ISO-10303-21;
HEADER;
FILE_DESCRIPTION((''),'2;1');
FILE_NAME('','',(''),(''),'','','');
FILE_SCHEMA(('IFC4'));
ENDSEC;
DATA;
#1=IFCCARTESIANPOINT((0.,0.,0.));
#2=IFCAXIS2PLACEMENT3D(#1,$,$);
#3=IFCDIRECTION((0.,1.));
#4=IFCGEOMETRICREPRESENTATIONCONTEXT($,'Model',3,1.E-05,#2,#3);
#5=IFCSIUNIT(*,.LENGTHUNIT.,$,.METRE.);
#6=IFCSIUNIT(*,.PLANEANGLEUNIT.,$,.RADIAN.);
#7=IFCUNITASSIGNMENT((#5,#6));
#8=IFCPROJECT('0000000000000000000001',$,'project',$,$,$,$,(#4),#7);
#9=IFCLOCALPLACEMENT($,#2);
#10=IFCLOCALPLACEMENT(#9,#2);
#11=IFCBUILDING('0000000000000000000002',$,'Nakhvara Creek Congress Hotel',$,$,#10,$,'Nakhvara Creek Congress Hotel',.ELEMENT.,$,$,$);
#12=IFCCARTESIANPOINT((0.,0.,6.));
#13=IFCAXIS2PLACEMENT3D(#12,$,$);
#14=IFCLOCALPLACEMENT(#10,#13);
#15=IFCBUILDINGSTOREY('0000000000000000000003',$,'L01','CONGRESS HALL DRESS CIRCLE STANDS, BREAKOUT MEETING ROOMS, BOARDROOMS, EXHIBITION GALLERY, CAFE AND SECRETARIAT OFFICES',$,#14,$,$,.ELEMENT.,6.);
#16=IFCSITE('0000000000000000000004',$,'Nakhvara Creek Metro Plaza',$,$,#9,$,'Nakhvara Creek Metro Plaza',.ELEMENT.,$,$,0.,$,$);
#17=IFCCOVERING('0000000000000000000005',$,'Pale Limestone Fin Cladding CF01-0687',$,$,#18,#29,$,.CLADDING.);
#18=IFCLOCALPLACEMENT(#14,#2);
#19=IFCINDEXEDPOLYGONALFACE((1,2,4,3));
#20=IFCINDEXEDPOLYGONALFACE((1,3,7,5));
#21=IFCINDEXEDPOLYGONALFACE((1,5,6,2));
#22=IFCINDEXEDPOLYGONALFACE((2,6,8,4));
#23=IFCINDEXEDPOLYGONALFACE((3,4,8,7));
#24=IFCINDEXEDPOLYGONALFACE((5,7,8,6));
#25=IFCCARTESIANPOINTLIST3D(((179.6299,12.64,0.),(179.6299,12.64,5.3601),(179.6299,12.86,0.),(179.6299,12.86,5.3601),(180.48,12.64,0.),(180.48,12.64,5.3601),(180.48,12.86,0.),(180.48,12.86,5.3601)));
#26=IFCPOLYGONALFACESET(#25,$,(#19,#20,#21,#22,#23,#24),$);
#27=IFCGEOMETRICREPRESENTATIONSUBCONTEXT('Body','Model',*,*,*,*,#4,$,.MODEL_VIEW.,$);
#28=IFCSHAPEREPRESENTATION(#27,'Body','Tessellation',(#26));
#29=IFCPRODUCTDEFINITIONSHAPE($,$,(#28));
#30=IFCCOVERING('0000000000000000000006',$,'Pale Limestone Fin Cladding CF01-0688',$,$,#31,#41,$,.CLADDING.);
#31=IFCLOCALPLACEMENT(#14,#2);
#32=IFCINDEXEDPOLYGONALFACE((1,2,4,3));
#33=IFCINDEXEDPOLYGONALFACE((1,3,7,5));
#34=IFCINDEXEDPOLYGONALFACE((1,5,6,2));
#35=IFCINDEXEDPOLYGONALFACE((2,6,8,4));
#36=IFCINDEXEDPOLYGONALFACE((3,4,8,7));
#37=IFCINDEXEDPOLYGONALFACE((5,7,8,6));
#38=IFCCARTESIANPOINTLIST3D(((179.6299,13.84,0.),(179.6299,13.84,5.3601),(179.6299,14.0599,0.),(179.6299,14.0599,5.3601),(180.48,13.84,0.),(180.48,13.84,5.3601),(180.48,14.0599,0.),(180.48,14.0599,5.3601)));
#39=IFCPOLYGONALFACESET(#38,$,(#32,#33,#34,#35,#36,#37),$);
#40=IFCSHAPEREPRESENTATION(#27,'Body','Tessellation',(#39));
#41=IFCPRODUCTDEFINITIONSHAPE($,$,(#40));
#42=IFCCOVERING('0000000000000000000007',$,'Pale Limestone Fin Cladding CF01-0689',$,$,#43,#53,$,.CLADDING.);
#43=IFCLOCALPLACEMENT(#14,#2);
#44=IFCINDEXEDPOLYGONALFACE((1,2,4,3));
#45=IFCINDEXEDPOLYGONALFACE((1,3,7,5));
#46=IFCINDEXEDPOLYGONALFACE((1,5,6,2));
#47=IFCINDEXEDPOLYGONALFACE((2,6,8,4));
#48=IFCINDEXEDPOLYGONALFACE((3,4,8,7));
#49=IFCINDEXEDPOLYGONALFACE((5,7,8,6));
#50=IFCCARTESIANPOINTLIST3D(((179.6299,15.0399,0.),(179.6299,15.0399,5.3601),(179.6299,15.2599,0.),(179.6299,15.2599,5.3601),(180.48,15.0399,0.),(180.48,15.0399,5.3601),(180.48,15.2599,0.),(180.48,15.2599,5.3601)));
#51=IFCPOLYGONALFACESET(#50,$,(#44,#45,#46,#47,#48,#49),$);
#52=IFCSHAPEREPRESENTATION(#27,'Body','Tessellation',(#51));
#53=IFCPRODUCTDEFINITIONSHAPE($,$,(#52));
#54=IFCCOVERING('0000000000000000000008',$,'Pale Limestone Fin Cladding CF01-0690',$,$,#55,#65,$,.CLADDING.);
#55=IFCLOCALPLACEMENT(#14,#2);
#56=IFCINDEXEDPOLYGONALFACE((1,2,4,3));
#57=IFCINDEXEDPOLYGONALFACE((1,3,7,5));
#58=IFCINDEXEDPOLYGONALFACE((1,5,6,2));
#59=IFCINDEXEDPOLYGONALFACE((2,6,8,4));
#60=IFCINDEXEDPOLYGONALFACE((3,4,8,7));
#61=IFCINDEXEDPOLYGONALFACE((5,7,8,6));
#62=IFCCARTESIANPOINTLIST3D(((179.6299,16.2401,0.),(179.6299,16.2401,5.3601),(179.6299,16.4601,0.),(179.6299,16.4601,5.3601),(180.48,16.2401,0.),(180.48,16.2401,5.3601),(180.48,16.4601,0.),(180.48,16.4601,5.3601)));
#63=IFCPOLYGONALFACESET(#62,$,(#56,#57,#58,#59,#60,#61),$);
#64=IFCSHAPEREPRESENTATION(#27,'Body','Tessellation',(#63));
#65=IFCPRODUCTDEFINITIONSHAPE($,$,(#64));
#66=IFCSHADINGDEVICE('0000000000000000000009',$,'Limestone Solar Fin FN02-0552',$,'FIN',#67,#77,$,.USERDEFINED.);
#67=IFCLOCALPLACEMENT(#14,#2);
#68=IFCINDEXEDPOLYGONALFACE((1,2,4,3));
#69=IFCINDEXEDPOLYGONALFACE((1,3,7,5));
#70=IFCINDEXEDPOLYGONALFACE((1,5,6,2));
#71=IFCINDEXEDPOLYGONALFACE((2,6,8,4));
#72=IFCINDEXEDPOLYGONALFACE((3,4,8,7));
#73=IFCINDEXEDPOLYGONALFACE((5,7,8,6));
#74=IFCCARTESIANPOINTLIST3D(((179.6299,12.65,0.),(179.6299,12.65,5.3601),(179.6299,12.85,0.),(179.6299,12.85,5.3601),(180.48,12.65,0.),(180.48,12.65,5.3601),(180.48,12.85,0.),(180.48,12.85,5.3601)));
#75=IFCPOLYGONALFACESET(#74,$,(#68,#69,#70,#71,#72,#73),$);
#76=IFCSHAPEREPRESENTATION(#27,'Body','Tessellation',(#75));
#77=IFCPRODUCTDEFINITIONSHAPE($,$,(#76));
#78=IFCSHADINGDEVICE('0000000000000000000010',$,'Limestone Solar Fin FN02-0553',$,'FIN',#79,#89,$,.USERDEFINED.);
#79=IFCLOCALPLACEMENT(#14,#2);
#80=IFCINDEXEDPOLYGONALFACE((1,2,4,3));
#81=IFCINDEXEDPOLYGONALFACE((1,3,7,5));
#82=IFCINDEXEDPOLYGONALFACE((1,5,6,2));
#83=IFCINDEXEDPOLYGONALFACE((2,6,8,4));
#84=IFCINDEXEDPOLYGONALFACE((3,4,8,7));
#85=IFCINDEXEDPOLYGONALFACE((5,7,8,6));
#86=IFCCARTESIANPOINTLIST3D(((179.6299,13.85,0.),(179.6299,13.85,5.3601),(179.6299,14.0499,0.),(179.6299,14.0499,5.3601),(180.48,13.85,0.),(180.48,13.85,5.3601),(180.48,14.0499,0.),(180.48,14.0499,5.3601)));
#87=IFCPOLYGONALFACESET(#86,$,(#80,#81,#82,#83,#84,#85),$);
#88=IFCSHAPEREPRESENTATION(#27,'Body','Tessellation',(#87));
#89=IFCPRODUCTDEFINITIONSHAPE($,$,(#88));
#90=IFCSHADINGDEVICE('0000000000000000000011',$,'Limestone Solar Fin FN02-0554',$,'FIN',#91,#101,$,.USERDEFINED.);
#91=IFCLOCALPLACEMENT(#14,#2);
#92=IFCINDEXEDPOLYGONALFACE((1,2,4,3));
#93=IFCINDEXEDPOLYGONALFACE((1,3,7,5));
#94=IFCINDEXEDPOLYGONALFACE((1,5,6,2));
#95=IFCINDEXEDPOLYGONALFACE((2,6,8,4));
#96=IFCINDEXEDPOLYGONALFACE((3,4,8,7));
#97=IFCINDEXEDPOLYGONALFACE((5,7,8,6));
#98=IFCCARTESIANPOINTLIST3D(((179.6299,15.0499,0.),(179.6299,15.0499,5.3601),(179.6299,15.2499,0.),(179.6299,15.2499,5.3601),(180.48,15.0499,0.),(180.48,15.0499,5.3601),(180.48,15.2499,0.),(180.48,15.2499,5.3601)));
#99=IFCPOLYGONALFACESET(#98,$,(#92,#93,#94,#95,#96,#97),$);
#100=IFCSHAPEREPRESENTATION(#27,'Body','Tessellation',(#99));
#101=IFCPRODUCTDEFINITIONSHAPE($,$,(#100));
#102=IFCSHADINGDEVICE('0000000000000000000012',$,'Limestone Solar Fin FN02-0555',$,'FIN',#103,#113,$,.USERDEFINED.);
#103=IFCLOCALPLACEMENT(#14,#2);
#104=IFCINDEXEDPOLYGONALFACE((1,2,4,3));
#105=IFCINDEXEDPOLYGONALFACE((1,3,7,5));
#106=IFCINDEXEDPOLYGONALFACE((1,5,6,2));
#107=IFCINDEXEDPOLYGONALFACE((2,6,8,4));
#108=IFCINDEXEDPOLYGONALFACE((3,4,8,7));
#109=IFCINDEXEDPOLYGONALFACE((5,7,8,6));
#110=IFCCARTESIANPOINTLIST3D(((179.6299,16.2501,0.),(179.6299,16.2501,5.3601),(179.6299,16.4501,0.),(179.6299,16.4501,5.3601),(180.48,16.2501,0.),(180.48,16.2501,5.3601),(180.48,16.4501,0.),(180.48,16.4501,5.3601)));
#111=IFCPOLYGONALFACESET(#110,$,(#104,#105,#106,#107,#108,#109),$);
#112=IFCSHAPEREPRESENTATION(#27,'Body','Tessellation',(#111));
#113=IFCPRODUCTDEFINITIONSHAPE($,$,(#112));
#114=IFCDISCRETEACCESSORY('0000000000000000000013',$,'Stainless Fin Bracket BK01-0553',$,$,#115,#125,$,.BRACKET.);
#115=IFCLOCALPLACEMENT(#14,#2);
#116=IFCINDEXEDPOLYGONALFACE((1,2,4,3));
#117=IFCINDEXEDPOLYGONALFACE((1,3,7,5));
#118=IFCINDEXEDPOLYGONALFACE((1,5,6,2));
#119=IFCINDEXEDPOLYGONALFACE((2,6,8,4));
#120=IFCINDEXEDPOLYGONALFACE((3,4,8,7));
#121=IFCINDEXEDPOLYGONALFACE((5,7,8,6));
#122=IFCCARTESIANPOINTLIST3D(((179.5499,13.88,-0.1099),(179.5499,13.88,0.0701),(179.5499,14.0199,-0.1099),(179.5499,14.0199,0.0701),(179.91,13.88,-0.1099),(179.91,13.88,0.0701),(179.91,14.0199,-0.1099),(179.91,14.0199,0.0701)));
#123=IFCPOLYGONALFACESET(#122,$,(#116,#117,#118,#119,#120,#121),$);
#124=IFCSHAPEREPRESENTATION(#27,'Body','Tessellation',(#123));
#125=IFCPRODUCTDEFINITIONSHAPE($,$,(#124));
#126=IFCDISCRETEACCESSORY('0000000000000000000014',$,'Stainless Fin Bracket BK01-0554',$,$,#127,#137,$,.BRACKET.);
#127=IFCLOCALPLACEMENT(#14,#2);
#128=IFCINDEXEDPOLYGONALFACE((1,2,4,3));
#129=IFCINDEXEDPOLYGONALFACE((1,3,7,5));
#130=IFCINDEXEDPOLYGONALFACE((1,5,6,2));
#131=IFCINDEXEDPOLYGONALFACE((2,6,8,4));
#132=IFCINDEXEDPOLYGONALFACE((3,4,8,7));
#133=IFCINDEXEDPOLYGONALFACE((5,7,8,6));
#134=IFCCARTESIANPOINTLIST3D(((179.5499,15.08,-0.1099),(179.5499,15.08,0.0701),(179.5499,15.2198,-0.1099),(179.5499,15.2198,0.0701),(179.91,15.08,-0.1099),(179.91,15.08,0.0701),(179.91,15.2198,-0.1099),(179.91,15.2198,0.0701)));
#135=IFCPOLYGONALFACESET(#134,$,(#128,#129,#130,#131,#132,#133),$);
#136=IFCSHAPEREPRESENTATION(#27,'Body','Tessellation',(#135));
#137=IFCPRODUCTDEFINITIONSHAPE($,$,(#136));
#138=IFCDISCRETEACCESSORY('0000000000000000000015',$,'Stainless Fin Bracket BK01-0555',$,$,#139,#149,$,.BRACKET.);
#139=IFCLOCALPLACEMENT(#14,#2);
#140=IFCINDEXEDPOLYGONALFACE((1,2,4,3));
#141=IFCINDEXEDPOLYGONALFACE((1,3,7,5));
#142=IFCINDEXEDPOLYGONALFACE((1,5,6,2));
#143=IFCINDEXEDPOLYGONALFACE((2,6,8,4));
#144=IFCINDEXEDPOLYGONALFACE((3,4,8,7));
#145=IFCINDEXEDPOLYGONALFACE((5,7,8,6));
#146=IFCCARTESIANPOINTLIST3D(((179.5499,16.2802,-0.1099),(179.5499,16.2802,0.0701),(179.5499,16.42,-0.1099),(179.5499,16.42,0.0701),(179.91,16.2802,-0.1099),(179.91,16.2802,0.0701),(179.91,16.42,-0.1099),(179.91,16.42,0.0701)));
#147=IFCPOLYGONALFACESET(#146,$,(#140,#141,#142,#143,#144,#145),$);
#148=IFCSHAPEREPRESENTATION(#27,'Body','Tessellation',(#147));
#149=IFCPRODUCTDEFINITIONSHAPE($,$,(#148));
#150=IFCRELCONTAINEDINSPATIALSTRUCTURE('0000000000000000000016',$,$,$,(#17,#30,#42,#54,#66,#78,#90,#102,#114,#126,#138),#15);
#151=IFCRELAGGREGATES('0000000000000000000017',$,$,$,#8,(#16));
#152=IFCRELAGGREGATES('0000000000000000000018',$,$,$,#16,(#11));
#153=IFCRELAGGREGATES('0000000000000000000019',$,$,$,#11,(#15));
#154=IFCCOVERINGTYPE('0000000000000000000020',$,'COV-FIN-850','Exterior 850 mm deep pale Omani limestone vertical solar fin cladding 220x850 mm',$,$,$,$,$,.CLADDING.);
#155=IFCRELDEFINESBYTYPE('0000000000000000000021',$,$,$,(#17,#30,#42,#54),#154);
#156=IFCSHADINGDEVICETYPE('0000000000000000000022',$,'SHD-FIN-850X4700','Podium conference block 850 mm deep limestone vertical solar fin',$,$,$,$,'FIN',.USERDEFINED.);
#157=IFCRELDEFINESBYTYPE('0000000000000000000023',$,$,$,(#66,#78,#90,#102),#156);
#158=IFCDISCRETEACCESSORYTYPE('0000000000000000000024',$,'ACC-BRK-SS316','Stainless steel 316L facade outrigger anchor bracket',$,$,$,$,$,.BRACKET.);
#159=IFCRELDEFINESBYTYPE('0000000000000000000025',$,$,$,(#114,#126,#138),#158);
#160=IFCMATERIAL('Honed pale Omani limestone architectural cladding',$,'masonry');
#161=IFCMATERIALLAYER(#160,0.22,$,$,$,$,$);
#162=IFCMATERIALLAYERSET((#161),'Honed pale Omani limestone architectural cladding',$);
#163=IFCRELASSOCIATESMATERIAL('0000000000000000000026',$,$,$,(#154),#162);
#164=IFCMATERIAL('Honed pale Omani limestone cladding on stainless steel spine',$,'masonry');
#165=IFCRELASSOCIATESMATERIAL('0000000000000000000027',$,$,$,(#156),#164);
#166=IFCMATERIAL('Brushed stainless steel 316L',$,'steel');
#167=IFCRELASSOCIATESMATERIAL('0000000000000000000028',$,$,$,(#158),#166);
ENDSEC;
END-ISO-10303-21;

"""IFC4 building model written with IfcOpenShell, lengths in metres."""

from ifc_helpers import new_model, si_unit, direction, frame, origin, origin_2d, place, context, subcontext, project, spatial, rectangle, extrude, material, layer, layer_set, type_object, element, save


model = new_model("IFC4")

# Units and contexts
model_context = context("Model", 3, precision=1e-05, world=origin(), true_north=direction((0.0, 1.0)))
body_context = subcontext(model_context, "Body", "Model", "MODEL_VIEW")
ifc_project = project(units=[si_unit("LENGTHUNIT", "METRE"), si_unit("PLANEANGLEUNIT", "RADIAN")], contexts=[model_context])

# Site, building, storey
site_placement = place(None, origin())
site = spatial("IfcSite", under=ifc_project, at=site_placement, Name="Nakhvara Creek Metro Plaza", LongName="Nakhvara Creek Metro Plaza", CompositionType="ELEMENT", RefElevation=0.0)
building_placement = place(site_placement, origin())
building = spatial("IfcBuilding", under=site, at=building_placement, Name="Nakhvara Creek Congress Hotel", LongName="Nakhvara Creek Congress Hotel", CompositionType="ELEMENT")
storey_placement = place(building_placement, frame((0.0, 0.0, 6.0)))
storey = spatial("IfcBuildingStorey", under=building, at=storey_placement, Name="L01", Description="CONGRESS HALL DRESS CIRCLE STANDS, BREAKOUT MEETING ROOMS, BOARDROOMS, EXHIBITION GALLERY, CAFE AND SECRETARIAT OFFICES", CompositionType="ELEMENT", Elevation=6.0)

# Coverings
ifc_material_1 = material(Name="Honed pale Omani limestone architectural cladding", Category="masonry")
ifc_layer_1 = layer(ifc_material_1, 0.22)
ifc_layer_set_1 = layer_set([ifc_layer_1], Name="Honed pale Omani limestone architectural cladding")
covering_type = type_object("IfcCoveringType", Name="COV-FIN-850", Description="Exterior 850 mm deep pale Omani limestone vertical solar fin cladding 220x850 mm", PredefinedType="CLADDING", material=ifc_layer_set_1)
for number, where, z_axis, x_axis, name in (
    (1, (180.0549, 12.75, 0.0), (0.0, 0.0, 1.0), (0.0, 1.0, 0.0), "Pale Limestone Fin Cladding CF01-0687"),
    (2, (180.0549, 13.95, 0.0), (0.0, 0.0, 1.0), (0.0, 1.0, 0.0), "Pale Limestone Fin Cladding CF01-0688"),
    (3, (180.0549, 15.1499, 0.0), (0.0, 0.0, 1.0), (0.0, 1.0, 0.0), "Pale Limestone Fin Cladding CF01-0689"),
    (4, (180.0549, 16.3501, 0.0), (0.0, 0.0, 1.0), (0.0, 1.0, 0.0), "Pale Limestone Fin Cladding CF01-0690"),
):
    element("IfcCovering", number, at=place(storey_placement, frame(where, z_axis=z_axis, x_axis=x_axis)), inside=storey, type_object=covering_type, Name=name, PredefinedType="CLADDING", context=body_context, shape_type="SweptSolid", body=[
        extrude(rectangle(XDim=0.22, YDim=0.8501, at=origin_2d()), origin(), (0.0, 0.0, 1.0), 5.3601),
    ])

# Shading devices
ifc_material_2 = material(Name="Honed pale Omani limestone cladding on stainless steel spine", Category="masonry")
shading_device_type = type_object("IfcShadingDeviceType", Name="SHD-FIN-850X4700", Description="Podium conference block 850 mm deep limestone vertical solar fin", ElementType="FIN", PredefinedType="USERDEFINED", material=ifc_material_2)
for number, where, z_axis, x_axis, name in (
    (5, (180.0549, 12.75, 0.0), (0.0, 0.0, 1.0), (0.0, 1.0, 0.0), "Limestone Solar Fin FN02-0552"),
    (6, (180.0549, 13.95, 0.0), (0.0, 0.0, 1.0), (0.0, 1.0, 0.0), "Limestone Solar Fin FN02-0553"),
    (7, (180.0549, 15.1499, 0.0), (0.0, 0.0, 1.0), (0.0, 1.0, 0.0), "Limestone Solar Fin FN02-0554"),
    (8, (180.0549, 16.3501, 0.0), (0.0, 0.0, 1.0), (0.0, 1.0, 0.0), "Limestone Solar Fin FN02-0555"),
):
    element("IfcShadingDevice", number, at=place(storey_placement, frame(where, z_axis=z_axis, x_axis=x_axis)), inside=storey, type_object=shading_device_type, Name=name, ObjectType="FIN", PredefinedType="USERDEFINED", context=body_context, shape_type="SweptSolid", body=[
        extrude(rectangle(XDim=0.2, YDim=0.8501, at=origin_2d()), origin(), (0.0, 0.0, 1.0), 5.3601),
    ])

# Discrete accessories
ifc_material_3 = material(Name="Brushed stainless steel 316L", Category="steel")
discrete_accessory_type = type_object("IfcDiscreteAccessoryType", Name="ACC-BRK-SS316", Description="Stainless steel 316L facade outrigger anchor bracket", PredefinedType="BRACKET", material=ifc_material_3)
for number, where, z_axis, x_axis, name in (
    (9, (179.73, 13.95, -0.1099), (0.0, 0.0, 1.0), (0.0, 1.0, 0.0), "Stainless Fin Bracket BK01-0553"),
    (10, (179.73, 15.1499, -0.1099), (0.0, 0.0, 1.0), (0.0, 1.0, 0.0), "Stainless Fin Bracket BK01-0554"),
    (11, (179.73, 16.3501, -0.1099), (0.0, 0.0, 1.0), (0.0, 1.0, 0.0), "Stainless Fin Bracket BK01-0555"),
):
    element("IfcDiscreteAccessory", number, at=place(storey_placement, frame(where, z_axis=z_axis, x_axis=x_axis)), inside=storey, type_object=discrete_accessory_type, Name=name, PredefinedType="BRACKET", context=body_context, shape_type="SweptSolid", body=[
        extrude(rectangle(XDim=0.1399, YDim=0.3601, at=origin_2d()), origin(), (0.0, 0.0, 1.0), 0.1799),
    ])

save(model, "model.ifc")
